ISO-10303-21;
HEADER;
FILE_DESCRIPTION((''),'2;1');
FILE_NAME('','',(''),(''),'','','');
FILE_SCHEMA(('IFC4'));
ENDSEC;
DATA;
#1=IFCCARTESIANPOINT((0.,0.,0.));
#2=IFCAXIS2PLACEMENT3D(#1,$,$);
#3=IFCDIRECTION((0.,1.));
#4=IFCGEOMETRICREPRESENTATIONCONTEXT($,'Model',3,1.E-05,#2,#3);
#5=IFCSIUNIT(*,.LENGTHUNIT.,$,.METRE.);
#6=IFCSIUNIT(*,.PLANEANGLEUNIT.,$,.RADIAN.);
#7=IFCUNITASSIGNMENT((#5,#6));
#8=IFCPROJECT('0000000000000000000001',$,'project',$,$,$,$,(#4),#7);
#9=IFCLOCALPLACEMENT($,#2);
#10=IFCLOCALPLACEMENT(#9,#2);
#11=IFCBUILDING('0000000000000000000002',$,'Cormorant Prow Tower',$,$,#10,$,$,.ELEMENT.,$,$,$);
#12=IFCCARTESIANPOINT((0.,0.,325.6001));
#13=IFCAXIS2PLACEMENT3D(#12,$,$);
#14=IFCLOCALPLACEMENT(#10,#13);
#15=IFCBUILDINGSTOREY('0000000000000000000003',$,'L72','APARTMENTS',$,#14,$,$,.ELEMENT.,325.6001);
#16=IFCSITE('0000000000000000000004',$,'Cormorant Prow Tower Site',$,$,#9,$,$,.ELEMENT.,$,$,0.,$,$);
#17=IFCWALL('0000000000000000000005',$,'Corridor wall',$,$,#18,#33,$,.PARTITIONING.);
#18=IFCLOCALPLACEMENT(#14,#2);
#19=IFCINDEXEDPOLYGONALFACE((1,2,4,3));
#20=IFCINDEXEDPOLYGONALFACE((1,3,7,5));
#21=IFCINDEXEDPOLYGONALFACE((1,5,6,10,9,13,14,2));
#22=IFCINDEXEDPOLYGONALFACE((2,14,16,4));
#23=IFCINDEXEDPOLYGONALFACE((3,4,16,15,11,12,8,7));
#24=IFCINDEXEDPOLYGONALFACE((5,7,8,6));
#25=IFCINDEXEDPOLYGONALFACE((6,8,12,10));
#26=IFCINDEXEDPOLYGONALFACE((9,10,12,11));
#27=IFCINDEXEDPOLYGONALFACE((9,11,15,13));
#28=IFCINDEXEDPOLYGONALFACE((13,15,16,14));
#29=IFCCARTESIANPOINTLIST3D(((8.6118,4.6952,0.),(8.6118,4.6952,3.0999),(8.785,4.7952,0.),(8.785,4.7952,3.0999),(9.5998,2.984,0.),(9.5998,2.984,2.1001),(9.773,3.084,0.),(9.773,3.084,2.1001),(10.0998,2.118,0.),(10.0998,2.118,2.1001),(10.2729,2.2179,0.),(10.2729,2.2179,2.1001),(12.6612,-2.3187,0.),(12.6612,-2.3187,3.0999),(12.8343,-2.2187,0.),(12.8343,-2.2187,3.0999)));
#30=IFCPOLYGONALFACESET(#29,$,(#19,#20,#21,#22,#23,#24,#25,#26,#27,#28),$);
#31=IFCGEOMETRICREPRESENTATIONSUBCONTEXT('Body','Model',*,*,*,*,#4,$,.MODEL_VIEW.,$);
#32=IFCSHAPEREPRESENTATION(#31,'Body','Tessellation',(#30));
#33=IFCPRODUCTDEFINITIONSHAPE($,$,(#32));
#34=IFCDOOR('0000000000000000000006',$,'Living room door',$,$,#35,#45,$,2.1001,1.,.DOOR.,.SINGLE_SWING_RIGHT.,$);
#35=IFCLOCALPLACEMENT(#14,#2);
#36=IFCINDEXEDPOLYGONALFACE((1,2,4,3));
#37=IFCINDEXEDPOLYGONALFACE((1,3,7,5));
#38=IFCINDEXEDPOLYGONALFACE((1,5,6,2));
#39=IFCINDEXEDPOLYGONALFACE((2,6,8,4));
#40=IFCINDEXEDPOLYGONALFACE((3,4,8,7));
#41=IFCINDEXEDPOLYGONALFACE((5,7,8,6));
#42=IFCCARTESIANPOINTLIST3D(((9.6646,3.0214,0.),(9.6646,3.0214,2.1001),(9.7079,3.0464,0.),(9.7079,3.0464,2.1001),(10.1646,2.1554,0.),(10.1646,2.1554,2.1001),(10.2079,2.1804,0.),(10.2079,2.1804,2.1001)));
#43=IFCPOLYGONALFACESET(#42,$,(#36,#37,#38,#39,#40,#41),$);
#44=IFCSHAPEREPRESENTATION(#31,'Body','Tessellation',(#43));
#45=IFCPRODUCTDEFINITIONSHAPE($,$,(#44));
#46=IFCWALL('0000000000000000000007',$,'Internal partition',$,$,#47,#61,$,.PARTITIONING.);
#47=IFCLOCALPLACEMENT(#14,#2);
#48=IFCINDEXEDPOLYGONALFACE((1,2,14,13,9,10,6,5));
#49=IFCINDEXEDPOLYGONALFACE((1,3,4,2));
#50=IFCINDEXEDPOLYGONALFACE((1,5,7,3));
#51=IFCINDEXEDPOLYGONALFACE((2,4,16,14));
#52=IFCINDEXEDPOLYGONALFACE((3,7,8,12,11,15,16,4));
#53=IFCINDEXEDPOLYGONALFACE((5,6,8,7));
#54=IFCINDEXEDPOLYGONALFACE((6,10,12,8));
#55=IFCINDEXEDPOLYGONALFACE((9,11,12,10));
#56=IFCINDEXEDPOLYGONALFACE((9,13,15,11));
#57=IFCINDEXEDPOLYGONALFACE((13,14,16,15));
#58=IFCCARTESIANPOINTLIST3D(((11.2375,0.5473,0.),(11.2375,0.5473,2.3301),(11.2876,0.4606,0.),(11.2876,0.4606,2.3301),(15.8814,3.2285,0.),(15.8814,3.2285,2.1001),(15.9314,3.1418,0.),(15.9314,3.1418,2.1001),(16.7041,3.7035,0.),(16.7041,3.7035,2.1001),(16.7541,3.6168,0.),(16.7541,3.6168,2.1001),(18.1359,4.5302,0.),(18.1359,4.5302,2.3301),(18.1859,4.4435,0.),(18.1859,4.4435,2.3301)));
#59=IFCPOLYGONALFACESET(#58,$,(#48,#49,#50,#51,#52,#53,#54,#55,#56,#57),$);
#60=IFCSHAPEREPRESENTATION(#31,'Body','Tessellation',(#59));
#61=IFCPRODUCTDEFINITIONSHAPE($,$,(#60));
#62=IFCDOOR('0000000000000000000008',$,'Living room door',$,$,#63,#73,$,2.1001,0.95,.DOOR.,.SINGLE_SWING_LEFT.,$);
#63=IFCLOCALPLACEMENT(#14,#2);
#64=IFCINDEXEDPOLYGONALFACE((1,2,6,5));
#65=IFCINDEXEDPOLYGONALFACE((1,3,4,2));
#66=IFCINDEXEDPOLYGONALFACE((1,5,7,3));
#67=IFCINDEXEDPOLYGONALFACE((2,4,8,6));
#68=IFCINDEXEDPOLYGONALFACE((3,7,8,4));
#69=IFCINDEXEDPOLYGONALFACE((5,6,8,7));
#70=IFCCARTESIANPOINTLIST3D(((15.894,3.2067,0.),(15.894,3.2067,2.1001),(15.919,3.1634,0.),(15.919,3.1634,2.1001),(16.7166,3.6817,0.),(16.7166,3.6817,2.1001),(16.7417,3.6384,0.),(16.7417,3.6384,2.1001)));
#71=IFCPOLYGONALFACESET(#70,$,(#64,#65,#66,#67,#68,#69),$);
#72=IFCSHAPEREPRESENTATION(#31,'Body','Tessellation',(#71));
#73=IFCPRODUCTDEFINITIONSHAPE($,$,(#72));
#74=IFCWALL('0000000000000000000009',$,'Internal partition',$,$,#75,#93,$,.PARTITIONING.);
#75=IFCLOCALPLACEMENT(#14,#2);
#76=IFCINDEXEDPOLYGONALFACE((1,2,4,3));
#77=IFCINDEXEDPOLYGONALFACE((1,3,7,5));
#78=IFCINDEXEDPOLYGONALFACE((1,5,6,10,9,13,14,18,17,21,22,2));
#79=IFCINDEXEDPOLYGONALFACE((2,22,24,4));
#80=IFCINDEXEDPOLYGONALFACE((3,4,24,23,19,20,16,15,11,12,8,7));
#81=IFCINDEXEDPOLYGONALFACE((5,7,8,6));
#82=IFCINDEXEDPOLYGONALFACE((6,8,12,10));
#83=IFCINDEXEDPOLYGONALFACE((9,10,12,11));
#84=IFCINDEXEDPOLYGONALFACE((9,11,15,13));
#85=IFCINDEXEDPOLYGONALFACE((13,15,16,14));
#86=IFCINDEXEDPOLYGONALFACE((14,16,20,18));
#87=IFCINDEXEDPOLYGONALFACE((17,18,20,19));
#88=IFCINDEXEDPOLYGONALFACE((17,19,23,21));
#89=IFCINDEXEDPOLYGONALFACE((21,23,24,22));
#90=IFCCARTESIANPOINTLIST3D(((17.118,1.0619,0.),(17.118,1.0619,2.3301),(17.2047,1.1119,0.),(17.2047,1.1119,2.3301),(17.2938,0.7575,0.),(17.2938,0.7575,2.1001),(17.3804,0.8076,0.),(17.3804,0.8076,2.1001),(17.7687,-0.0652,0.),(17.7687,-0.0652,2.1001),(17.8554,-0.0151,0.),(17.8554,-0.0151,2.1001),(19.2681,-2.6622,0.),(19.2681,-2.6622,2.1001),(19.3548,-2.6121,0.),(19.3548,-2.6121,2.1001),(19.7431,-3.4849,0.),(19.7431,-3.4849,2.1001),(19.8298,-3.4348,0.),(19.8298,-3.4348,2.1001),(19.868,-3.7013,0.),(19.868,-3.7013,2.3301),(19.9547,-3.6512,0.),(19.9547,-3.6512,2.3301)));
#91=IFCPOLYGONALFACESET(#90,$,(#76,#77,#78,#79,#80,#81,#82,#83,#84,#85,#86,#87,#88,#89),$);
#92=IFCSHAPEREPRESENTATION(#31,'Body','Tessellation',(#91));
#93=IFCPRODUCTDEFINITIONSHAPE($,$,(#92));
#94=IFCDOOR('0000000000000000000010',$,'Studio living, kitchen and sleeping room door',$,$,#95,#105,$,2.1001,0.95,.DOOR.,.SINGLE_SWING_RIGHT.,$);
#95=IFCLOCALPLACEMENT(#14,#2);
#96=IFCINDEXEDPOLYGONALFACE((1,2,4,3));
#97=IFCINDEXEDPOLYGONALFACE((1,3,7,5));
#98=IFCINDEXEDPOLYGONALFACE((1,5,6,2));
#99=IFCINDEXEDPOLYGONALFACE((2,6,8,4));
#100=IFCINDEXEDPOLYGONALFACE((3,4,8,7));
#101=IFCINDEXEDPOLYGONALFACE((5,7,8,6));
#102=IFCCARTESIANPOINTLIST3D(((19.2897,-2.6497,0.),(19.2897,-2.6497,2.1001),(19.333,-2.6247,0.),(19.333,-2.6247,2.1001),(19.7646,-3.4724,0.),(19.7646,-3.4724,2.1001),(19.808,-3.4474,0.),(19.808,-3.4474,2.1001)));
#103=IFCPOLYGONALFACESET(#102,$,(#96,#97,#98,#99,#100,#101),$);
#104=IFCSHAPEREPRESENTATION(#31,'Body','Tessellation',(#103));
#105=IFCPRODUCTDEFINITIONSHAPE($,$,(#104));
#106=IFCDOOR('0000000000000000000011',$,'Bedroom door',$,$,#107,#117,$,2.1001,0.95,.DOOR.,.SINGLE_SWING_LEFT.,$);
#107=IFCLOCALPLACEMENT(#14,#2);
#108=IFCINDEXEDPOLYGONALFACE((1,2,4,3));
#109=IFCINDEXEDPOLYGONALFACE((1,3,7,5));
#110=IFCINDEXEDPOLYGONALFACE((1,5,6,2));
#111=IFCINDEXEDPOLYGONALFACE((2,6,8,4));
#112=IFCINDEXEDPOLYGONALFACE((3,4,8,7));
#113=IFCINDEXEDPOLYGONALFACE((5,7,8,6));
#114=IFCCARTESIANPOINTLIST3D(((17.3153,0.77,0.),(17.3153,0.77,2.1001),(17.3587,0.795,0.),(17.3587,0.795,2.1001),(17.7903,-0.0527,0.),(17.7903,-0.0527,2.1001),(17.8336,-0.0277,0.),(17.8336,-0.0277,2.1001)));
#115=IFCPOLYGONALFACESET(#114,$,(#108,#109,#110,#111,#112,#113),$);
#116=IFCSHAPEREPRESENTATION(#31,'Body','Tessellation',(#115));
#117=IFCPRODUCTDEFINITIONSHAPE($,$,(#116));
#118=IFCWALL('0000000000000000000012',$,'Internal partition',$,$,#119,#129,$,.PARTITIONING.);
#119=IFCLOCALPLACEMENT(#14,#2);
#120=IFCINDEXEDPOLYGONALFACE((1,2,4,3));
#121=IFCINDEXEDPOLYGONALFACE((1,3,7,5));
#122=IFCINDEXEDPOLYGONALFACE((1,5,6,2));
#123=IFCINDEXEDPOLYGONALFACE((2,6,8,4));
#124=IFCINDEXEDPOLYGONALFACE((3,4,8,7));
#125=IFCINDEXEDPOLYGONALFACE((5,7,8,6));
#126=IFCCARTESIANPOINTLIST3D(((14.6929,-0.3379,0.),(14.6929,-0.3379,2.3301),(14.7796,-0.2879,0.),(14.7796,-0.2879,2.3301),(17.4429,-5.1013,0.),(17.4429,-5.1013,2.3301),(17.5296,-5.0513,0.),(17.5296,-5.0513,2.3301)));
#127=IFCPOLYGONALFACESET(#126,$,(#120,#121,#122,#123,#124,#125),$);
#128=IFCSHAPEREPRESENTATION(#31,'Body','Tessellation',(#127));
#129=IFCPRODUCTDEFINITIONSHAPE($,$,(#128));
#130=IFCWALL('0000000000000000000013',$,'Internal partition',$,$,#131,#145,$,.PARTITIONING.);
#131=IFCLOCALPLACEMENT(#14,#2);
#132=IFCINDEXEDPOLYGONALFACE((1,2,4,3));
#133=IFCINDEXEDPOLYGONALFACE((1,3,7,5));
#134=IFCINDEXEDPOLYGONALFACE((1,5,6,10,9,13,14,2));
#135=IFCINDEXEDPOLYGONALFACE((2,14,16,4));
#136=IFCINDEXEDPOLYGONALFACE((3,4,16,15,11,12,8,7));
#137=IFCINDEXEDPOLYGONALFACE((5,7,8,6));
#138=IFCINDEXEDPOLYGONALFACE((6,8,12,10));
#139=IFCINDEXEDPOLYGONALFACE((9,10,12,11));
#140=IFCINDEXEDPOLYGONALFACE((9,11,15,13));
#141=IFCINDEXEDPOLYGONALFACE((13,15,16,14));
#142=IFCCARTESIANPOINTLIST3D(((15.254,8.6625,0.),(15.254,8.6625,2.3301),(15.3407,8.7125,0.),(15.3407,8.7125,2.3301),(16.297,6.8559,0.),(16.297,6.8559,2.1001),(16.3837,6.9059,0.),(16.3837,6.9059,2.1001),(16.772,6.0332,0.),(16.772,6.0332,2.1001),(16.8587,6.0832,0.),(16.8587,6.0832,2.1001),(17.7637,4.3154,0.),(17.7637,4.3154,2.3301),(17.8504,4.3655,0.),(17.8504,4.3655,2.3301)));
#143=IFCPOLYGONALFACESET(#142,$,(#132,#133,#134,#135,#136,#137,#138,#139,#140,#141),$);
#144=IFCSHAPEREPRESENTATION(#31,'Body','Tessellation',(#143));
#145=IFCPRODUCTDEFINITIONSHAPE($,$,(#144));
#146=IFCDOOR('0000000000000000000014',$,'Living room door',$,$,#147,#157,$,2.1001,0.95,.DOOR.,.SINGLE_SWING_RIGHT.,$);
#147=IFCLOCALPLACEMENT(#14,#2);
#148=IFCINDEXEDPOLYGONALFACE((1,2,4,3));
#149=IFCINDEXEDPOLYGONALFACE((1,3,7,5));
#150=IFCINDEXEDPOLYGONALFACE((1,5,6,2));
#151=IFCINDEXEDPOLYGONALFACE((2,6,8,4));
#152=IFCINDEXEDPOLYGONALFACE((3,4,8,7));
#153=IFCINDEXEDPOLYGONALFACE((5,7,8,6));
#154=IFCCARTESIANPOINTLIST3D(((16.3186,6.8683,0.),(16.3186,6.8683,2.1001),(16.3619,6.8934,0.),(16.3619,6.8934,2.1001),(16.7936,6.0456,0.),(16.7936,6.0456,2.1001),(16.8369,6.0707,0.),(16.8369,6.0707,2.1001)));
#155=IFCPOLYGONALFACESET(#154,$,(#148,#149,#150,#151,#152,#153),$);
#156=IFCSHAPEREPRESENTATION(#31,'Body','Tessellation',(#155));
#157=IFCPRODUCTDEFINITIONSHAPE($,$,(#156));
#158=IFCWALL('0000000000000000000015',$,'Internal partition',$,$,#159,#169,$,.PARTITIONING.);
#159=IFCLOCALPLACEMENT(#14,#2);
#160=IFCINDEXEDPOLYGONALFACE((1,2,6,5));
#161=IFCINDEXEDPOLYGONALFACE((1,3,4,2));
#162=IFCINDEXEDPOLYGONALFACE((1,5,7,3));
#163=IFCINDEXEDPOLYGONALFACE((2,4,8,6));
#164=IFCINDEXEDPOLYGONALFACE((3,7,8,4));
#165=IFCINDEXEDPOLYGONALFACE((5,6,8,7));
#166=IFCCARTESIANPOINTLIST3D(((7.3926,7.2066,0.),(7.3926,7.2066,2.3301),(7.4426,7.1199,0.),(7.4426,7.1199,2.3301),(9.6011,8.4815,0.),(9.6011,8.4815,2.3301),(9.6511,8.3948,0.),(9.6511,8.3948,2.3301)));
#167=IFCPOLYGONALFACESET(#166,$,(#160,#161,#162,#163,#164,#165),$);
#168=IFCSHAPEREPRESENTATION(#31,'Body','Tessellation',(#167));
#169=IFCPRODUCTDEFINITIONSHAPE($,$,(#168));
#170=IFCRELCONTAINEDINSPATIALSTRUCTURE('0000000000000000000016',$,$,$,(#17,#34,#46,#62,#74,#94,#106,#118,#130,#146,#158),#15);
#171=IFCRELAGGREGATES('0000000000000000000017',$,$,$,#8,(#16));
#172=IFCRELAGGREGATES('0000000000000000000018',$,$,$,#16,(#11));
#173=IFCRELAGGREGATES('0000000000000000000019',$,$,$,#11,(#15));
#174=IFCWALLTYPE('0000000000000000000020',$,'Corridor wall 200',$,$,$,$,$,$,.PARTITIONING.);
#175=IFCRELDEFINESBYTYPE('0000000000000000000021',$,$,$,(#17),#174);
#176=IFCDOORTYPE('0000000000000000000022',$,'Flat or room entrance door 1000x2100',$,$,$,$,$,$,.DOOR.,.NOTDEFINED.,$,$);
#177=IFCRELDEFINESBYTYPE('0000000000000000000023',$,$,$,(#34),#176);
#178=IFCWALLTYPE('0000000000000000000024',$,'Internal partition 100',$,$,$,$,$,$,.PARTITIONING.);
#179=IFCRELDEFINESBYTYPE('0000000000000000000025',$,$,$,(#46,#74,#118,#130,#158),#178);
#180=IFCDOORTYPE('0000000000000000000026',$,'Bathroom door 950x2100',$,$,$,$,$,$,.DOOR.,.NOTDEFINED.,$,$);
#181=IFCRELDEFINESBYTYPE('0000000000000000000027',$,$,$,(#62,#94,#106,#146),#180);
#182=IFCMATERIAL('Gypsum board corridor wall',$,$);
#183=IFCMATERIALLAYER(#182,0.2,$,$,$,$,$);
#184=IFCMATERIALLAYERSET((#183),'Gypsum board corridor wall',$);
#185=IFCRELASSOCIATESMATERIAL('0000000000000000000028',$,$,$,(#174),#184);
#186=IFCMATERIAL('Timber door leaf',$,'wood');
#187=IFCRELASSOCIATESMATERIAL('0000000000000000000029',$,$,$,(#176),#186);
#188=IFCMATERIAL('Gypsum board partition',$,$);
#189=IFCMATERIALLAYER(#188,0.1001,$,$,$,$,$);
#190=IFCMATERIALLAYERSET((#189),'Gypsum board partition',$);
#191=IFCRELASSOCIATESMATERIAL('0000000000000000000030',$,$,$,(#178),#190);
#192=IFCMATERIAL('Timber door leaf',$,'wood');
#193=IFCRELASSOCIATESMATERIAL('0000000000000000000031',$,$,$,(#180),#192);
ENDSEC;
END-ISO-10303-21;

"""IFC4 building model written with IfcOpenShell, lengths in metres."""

from ifc_helpers import new_model, si_unit, direction, frame, frame_2d, origin, place, context, subcontext, project, spatial, rectangle, extrude, material, layer, layer_set, type_object, element, fill, save


model = new_model("IFC4")

# Units and contexts
model_context = context("Model", 3, precision=1e-05, world=origin(), true_north=direction((0.0, 1.0)))
body_context = subcontext(model_context, "Body", "Model", "MODEL_VIEW")
ifc_project = project(units=[si_unit("LENGTHUNIT", "METRE"), si_unit("PLANEANGLEUNIT", "RADIAN")], contexts=[model_context])

# Site, building, storey
site_placement = place(None, origin())
site = spatial("IfcSite", under=ifc_project, at=site_placement, Name="Cormorant Prow Tower Site", CompositionType="ELEMENT", RefElevation=0.0)
building_placement = place(site_placement, origin())
building = spatial("IfcBuilding", under=site, at=building_placement, Name="Cormorant Prow Tower", CompositionType="ELEMENT")
storey_placement = place(building_placement, frame((0.0, 0.0, 325.6001)))
storey = spatial("IfcBuildingStorey", under=building, at=storey_placement, Name="L72", Description="APARTMENTS", CompositionType="ELEMENT", Elevation=325.6001)

# Walls, openings, doors
ifc_material_1 = material(Name="Gypsum board corridor wall")
ifc_layer_1 = layer(ifc_material_1, 0.2)
ifc_layer_set_1 = layer_set([ifc_layer_1], Name="Gypsum board corridor wall")
wall_type_1 = type_object("IfcWallType", Name="Corridor wall 200", PredefinedType="PARTITIONING", material=ifc_layer_set_1)
wall_1_placement = place(storey_placement, frame((8.6985, 4.7451, 0.0), z_axis=(0.0, 0.0, 1.0), x_axis=(0.499984, -0.866034, 0.0)))
wall_1 = element("IfcWall", 1, at=wall_1_placement, inside=storey, type_object=wall_type_1, Name="Corridor wall", PredefinedType="PARTITIONING", context=body_context, shape_type="SweptSolid", body=[
    extrude(rectangle(XDim=8.0989, YDim=0.2, at=frame_2d((4.0493, 0.0))), origin(), (0.0, 0.0, 1.0), 3.0999),
])
opening_1_placement = place(wall_1_placement, frame((1.9758, 0.0, 0.0)))
opening_1 = element("IfcOpeningElement", 2, at=opening_1_placement, cuts=wall_1, PredefinedType="OPENING", context=body_context, shape_type="SweptSolid", body=[
    extrude(rectangle(XDim=1.0, YDim=2.1001, at=frame_2d((0.5, 1.05))), frame((0.0, 0.1099, 0.0), z_axis=(0.0, -1.0, 0.0), x_axis=(1.0, 0.0, 0.0)), (0.0, 0.0, 1.0), 0.22),
])
ifc_material_2 = material(Name="Timber door leaf", Category="wood")
door_type_1 = type_object("IfcDoorType", Name="Flat or room entrance door 1000x2100", OperationType="NOTDEFINED", PredefinedType="DOOR", material=ifc_material_2)
door_1_placement = place(opening_1_placement, origin())
door_1 = element("IfcDoor", 3, at=door_1_placement, inside=storey, type_object=door_type_1, Name="Living room door", OperationType="SINGLE_SWING_RIGHT", OverallHeight=2.1001, OverallWidth=1.0, PredefinedType="DOOR", context=body_context, shape_type="SweptSolid", body=[
    extrude(rectangle(XDim=1.0, YDim=2.1001, at=frame_2d((0.5, 1.05))), frame((0.0, 0.0249, 0.0), z_axis=(0.0, -1.0, 0.0), x_axis=(1.0, 0.0, 0.0)), (0.0, 0.0, 1.0), 0.05),
])
fill(opening_1, door_1)
ifc_material_3 = material(Name="Gypsum board partition")
ifc_layer_2 = layer(ifc_material_3, 0.1001)
ifc_layer_set_2 = layer_set([ifc_layer_2], Name="Gypsum board partition")
wall_type_2 = type_object("IfcWallType", Name="Internal partition 100", PredefinedType="PARTITIONING", material=ifc_layer_set_2)
wall_2_placement = place(storey_placement, frame((11.2625, 0.5039, 0.0), z_axis=(0.0, 0.0, 1.0), x_axis=(0.86602, 0.500009, 0.0)))
wall_2 = element("IfcWall", 4, at=wall_2_placement, inside=storey, type_object=wall_type_2, Name="Internal partition", PredefinedType="PARTITIONING", context=body_context, shape_type="SweptSolid", body=[
    extrude(rectangle(XDim=7.9656, YDim=0.1001, at=frame_2d((3.9829, 0.0))), origin(), (0.0, 0.0, 1.0), 2.3301),
])
opening_2_placement = place(wall_2_placement, frame((5.3623, 0.0, 0.0)))
opening_2 = element("IfcOpeningElement", 5, at=opening_2_placement, cuts=wall_2, PredefinedType="OPENING", context=body_context, shape_type="SweptSolid", body=[
    extrude(rectangle(XDim=0.95, YDim=2.1001, at=frame_2d((0.4751, 1.05))), frame((0.0, 0.0601, 0.0), z_axis=(0.0, -1.0, 0.0), x_axis=(1.0, 0.0, 0.0)), (0.0, 0.0, 1.0), 0.1201),
])
ifc_material_4 = material(Name="Timber door leaf", Category="wood")
door_type_2 = type_object("IfcDoorType", Name="Bathroom door 950x2100", OperationType="NOTDEFINED", PredefinedType="DOOR", material=ifc_material_4)
door_2_placement = place(opening_2_placement, origin())
door_2 = element("IfcDoor", 6, at=door_2_placement, inside=storey, type_object=door_type_2, Name="Living room door", OperationType="SINGLE_SWING_LEFT", OverallHeight=2.1001, OverallWidth=0.95, PredefinedType="DOOR", context=body_context, shape_type="SweptSolid", body=[
    extrude(rectangle(XDim=0.95, YDim=2.1001, at=frame_2d((0.4751, 1.05))), frame((0.0, 0.0249, 0.0), z_axis=(0.0, -1.0, 0.0), x_axis=(1.0, 0.0, 0.0)), (0.0, 0.0, 1.0), 0.05),
])
fill(opening_2, door_2)

# Wall, openings, doors
wall_3_placement = place(storey_placement, frame((17.1614, 1.0869, 0.0), z_axis=(0.0, 0.0, 1.0), x_axis=(0.499997, -0.866027, 0.0)))
wall_3 = element("IfcWall", 7, at=wall_3_placement, inside=storey, type_object=wall_type_2, Name="Internal partition", PredefinedType="PARTITIONING", context=body_context, shape_type="SweptSolid", body=[
    extrude(rectangle(XDim=5.5, YDim=0.1001, at=frame_2d((2.75, 0.0))), origin(), (0.0, 0.0, 1.0), 2.3301),
])
opening_3_placement = place(wall_3_placement, frame((4.3, 0.0, 0.0)))
opening_3 = element("IfcOpeningElement", 8, at=opening_3_placement, cuts=wall_3, PredefinedType="OPENING", context=body_context, shape_type="SweptSolid", body=[
    extrude(rectangle(XDim=0.95, YDim=2.1001, at=frame_2d((0.4751, 1.05))), frame((0.0, 0.0601, 0.0), z_axis=(0.0, -1.0, 0.0), x_axis=(1.0, 0.0, 0.0)), (0.0, 0.0, 1.0), 0.1201),
])
opening_4_placement = place(wall_3_placement, frame((0.3513, 0.0, 0.0)))
opening_4 = element("IfcOpeningElement", 9, at=opening_4_placement, cuts=wall_3, PredefinedType="OPENING", context=body_context, shape_type="SweptSolid", body=[
    extrude(rectangle(XDim=0.95, YDim=2.1001, at=frame_2d((0.4751, 1.05))), frame((0.0, 0.0601, 0.0), z_axis=(0.0, -1.0, 0.0), x_axis=(1.0, 0.0, 0.0)), (0.0, 0.0, 1.0), 0.1201),
])
door_3_placement = place(opening_3_placement, origin())
door_3 = element("IfcDoor", 10, at=door_3_placement, inside=storey, type_object=door_type_2, Name="Studio living, kitchen and sleeping room door", OperationType="SINGLE_SWING_RIGHT", OverallHeight=2.1001, OverallWidth=0.95, PredefinedType="DOOR", context=body_context, shape_type="SweptSolid", body=[
    extrude(rectangle(XDim=0.95, YDim=2.1001, at=frame_2d((0.4751, 1.05))), frame((0.0, 0.0249, 0.0), z_axis=(0.0, -1.0, 0.0), x_axis=(1.0, 0.0, 0.0)), (0.0, 0.0, 1.0), 0.05),
])
fill(opening_3, door_3)
door_4_placement = place(opening_4_placement, origin())
door_4 = element("IfcDoor", 11, at=door_4_placement, inside=storey, type_object=door_type_2, Name="Bedroom door", OperationType="SINGLE_SWING_LEFT", OverallHeight=2.1001, OverallWidth=0.95, PredefinedType="DOOR", context=body_context, shape_type="SweptSolid", body=[
    extrude(rectangle(XDim=0.95, YDim=2.1001, at=frame_2d((0.4751, 1.05))), frame((0.0, 0.0249, 0.0), z_axis=(0.0, -1.0, 0.0), x_axis=(1.0, 0.0, 0.0)), (0.0, 0.0, 1.0), 0.05),
])
fill(opening_4, door_4)

# Wall
wall_4_placement = place(storey_placement, frame((14.7363, -0.313, 0.0), z_axis=(0.0, 0.0, 1.0), x_axis=(0.499977, -0.866038, 0.0)))
element("IfcWall", 12, at=wall_4_placement, inside=storey, type_object=wall_type_2, Name="Internal partition", PredefinedType="PARTITIONING", context=body_context, shape_type="SweptSolid", body=[
    extrude(rectangle(XDim=5.5002, YDim=0.1001, at=frame_2d((2.75, 0.0))), origin(), (0.0, 0.0, 1.0), 2.3301),
])

# Wall, opening, door
wall_5_placement = place(storey_placement, frame((15.2974, 8.6875, 0.0), z_axis=(0.0, 0.0, 1.0), x_axis=(0.499989, -0.866032, 0.0)))
wall_5 = element("IfcWall", 13, at=wall_5_placement, inside=storey, type_object=wall_type_2, Name="Internal partition", PredefinedType="PARTITIONING", context=body_context, shape_type="SweptSolid", body=[
    extrude(rectangle(XDim=5.0195, YDim=0.1001, at=frame_2d((2.5098, 0.0))), origin(), (0.0, 0.0, 1.0), 2.3301),
])
opening_5_placement = place(wall_5_placement, frame((2.0859, 0.0, 0.0)))
opening_5 = element("IfcOpeningElement", 14, at=opening_5_placement, cuts=wall_5, PredefinedType="OPENING", context=body_context, shape_type="SweptSolid", body=[
    extrude(rectangle(XDim=0.95, YDim=2.1001, at=frame_2d((0.4751, 1.05))), frame((0.0, 0.0601, 0.0), z_axis=(0.0, -1.0, 0.0), x_axis=(1.0, 0.0, 0.0)), (0.0, 0.0, 1.0), 0.1201),
])
door_5_placement = place(opening_5_placement, origin())
door_5 = element("IfcDoor", 15, at=door_5_placement, inside=storey, type_object=door_type_2, Name="Living room door", OperationType="SINGLE_SWING_RIGHT", OverallHeight=2.1001, OverallWidth=0.95, PredefinedType="DOOR", context=body_context, shape_type="SweptSolid", body=[
    extrude(rectangle(XDim=0.95, YDim=2.1001, at=frame_2d((0.4751, 1.05))), frame((0.0, 0.0249, 0.0), z_axis=(0.0, -1.0, 0.0), x_axis=(1.0, 0.0, 0.0)), (0.0, 0.0, 1.0), 0.05),
])
fill(opening_5, door_5)

# Wall
wall_6_placement = place(storey_placement, frame((7.4177, 7.1633, 0.0), z_axis=(0.0, 0.0, 1.0), x_axis=(0.866055, 0.499949, 0.0)))
element("IfcWall", 16, at=wall_6_placement, inside=storey, type_object=wall_type_2, Name="Internal partition", PredefinedType="PARTITIONING", context=body_context, shape_type="SweptSolid", body=[
    extrude(rectangle(XDim=2.55, YDim=0.1001, at=frame_2d((1.2749, 0.0))), origin(), (0.0, 0.0, 1.0), 2.3301),
])

save(model, "model.ifc")
